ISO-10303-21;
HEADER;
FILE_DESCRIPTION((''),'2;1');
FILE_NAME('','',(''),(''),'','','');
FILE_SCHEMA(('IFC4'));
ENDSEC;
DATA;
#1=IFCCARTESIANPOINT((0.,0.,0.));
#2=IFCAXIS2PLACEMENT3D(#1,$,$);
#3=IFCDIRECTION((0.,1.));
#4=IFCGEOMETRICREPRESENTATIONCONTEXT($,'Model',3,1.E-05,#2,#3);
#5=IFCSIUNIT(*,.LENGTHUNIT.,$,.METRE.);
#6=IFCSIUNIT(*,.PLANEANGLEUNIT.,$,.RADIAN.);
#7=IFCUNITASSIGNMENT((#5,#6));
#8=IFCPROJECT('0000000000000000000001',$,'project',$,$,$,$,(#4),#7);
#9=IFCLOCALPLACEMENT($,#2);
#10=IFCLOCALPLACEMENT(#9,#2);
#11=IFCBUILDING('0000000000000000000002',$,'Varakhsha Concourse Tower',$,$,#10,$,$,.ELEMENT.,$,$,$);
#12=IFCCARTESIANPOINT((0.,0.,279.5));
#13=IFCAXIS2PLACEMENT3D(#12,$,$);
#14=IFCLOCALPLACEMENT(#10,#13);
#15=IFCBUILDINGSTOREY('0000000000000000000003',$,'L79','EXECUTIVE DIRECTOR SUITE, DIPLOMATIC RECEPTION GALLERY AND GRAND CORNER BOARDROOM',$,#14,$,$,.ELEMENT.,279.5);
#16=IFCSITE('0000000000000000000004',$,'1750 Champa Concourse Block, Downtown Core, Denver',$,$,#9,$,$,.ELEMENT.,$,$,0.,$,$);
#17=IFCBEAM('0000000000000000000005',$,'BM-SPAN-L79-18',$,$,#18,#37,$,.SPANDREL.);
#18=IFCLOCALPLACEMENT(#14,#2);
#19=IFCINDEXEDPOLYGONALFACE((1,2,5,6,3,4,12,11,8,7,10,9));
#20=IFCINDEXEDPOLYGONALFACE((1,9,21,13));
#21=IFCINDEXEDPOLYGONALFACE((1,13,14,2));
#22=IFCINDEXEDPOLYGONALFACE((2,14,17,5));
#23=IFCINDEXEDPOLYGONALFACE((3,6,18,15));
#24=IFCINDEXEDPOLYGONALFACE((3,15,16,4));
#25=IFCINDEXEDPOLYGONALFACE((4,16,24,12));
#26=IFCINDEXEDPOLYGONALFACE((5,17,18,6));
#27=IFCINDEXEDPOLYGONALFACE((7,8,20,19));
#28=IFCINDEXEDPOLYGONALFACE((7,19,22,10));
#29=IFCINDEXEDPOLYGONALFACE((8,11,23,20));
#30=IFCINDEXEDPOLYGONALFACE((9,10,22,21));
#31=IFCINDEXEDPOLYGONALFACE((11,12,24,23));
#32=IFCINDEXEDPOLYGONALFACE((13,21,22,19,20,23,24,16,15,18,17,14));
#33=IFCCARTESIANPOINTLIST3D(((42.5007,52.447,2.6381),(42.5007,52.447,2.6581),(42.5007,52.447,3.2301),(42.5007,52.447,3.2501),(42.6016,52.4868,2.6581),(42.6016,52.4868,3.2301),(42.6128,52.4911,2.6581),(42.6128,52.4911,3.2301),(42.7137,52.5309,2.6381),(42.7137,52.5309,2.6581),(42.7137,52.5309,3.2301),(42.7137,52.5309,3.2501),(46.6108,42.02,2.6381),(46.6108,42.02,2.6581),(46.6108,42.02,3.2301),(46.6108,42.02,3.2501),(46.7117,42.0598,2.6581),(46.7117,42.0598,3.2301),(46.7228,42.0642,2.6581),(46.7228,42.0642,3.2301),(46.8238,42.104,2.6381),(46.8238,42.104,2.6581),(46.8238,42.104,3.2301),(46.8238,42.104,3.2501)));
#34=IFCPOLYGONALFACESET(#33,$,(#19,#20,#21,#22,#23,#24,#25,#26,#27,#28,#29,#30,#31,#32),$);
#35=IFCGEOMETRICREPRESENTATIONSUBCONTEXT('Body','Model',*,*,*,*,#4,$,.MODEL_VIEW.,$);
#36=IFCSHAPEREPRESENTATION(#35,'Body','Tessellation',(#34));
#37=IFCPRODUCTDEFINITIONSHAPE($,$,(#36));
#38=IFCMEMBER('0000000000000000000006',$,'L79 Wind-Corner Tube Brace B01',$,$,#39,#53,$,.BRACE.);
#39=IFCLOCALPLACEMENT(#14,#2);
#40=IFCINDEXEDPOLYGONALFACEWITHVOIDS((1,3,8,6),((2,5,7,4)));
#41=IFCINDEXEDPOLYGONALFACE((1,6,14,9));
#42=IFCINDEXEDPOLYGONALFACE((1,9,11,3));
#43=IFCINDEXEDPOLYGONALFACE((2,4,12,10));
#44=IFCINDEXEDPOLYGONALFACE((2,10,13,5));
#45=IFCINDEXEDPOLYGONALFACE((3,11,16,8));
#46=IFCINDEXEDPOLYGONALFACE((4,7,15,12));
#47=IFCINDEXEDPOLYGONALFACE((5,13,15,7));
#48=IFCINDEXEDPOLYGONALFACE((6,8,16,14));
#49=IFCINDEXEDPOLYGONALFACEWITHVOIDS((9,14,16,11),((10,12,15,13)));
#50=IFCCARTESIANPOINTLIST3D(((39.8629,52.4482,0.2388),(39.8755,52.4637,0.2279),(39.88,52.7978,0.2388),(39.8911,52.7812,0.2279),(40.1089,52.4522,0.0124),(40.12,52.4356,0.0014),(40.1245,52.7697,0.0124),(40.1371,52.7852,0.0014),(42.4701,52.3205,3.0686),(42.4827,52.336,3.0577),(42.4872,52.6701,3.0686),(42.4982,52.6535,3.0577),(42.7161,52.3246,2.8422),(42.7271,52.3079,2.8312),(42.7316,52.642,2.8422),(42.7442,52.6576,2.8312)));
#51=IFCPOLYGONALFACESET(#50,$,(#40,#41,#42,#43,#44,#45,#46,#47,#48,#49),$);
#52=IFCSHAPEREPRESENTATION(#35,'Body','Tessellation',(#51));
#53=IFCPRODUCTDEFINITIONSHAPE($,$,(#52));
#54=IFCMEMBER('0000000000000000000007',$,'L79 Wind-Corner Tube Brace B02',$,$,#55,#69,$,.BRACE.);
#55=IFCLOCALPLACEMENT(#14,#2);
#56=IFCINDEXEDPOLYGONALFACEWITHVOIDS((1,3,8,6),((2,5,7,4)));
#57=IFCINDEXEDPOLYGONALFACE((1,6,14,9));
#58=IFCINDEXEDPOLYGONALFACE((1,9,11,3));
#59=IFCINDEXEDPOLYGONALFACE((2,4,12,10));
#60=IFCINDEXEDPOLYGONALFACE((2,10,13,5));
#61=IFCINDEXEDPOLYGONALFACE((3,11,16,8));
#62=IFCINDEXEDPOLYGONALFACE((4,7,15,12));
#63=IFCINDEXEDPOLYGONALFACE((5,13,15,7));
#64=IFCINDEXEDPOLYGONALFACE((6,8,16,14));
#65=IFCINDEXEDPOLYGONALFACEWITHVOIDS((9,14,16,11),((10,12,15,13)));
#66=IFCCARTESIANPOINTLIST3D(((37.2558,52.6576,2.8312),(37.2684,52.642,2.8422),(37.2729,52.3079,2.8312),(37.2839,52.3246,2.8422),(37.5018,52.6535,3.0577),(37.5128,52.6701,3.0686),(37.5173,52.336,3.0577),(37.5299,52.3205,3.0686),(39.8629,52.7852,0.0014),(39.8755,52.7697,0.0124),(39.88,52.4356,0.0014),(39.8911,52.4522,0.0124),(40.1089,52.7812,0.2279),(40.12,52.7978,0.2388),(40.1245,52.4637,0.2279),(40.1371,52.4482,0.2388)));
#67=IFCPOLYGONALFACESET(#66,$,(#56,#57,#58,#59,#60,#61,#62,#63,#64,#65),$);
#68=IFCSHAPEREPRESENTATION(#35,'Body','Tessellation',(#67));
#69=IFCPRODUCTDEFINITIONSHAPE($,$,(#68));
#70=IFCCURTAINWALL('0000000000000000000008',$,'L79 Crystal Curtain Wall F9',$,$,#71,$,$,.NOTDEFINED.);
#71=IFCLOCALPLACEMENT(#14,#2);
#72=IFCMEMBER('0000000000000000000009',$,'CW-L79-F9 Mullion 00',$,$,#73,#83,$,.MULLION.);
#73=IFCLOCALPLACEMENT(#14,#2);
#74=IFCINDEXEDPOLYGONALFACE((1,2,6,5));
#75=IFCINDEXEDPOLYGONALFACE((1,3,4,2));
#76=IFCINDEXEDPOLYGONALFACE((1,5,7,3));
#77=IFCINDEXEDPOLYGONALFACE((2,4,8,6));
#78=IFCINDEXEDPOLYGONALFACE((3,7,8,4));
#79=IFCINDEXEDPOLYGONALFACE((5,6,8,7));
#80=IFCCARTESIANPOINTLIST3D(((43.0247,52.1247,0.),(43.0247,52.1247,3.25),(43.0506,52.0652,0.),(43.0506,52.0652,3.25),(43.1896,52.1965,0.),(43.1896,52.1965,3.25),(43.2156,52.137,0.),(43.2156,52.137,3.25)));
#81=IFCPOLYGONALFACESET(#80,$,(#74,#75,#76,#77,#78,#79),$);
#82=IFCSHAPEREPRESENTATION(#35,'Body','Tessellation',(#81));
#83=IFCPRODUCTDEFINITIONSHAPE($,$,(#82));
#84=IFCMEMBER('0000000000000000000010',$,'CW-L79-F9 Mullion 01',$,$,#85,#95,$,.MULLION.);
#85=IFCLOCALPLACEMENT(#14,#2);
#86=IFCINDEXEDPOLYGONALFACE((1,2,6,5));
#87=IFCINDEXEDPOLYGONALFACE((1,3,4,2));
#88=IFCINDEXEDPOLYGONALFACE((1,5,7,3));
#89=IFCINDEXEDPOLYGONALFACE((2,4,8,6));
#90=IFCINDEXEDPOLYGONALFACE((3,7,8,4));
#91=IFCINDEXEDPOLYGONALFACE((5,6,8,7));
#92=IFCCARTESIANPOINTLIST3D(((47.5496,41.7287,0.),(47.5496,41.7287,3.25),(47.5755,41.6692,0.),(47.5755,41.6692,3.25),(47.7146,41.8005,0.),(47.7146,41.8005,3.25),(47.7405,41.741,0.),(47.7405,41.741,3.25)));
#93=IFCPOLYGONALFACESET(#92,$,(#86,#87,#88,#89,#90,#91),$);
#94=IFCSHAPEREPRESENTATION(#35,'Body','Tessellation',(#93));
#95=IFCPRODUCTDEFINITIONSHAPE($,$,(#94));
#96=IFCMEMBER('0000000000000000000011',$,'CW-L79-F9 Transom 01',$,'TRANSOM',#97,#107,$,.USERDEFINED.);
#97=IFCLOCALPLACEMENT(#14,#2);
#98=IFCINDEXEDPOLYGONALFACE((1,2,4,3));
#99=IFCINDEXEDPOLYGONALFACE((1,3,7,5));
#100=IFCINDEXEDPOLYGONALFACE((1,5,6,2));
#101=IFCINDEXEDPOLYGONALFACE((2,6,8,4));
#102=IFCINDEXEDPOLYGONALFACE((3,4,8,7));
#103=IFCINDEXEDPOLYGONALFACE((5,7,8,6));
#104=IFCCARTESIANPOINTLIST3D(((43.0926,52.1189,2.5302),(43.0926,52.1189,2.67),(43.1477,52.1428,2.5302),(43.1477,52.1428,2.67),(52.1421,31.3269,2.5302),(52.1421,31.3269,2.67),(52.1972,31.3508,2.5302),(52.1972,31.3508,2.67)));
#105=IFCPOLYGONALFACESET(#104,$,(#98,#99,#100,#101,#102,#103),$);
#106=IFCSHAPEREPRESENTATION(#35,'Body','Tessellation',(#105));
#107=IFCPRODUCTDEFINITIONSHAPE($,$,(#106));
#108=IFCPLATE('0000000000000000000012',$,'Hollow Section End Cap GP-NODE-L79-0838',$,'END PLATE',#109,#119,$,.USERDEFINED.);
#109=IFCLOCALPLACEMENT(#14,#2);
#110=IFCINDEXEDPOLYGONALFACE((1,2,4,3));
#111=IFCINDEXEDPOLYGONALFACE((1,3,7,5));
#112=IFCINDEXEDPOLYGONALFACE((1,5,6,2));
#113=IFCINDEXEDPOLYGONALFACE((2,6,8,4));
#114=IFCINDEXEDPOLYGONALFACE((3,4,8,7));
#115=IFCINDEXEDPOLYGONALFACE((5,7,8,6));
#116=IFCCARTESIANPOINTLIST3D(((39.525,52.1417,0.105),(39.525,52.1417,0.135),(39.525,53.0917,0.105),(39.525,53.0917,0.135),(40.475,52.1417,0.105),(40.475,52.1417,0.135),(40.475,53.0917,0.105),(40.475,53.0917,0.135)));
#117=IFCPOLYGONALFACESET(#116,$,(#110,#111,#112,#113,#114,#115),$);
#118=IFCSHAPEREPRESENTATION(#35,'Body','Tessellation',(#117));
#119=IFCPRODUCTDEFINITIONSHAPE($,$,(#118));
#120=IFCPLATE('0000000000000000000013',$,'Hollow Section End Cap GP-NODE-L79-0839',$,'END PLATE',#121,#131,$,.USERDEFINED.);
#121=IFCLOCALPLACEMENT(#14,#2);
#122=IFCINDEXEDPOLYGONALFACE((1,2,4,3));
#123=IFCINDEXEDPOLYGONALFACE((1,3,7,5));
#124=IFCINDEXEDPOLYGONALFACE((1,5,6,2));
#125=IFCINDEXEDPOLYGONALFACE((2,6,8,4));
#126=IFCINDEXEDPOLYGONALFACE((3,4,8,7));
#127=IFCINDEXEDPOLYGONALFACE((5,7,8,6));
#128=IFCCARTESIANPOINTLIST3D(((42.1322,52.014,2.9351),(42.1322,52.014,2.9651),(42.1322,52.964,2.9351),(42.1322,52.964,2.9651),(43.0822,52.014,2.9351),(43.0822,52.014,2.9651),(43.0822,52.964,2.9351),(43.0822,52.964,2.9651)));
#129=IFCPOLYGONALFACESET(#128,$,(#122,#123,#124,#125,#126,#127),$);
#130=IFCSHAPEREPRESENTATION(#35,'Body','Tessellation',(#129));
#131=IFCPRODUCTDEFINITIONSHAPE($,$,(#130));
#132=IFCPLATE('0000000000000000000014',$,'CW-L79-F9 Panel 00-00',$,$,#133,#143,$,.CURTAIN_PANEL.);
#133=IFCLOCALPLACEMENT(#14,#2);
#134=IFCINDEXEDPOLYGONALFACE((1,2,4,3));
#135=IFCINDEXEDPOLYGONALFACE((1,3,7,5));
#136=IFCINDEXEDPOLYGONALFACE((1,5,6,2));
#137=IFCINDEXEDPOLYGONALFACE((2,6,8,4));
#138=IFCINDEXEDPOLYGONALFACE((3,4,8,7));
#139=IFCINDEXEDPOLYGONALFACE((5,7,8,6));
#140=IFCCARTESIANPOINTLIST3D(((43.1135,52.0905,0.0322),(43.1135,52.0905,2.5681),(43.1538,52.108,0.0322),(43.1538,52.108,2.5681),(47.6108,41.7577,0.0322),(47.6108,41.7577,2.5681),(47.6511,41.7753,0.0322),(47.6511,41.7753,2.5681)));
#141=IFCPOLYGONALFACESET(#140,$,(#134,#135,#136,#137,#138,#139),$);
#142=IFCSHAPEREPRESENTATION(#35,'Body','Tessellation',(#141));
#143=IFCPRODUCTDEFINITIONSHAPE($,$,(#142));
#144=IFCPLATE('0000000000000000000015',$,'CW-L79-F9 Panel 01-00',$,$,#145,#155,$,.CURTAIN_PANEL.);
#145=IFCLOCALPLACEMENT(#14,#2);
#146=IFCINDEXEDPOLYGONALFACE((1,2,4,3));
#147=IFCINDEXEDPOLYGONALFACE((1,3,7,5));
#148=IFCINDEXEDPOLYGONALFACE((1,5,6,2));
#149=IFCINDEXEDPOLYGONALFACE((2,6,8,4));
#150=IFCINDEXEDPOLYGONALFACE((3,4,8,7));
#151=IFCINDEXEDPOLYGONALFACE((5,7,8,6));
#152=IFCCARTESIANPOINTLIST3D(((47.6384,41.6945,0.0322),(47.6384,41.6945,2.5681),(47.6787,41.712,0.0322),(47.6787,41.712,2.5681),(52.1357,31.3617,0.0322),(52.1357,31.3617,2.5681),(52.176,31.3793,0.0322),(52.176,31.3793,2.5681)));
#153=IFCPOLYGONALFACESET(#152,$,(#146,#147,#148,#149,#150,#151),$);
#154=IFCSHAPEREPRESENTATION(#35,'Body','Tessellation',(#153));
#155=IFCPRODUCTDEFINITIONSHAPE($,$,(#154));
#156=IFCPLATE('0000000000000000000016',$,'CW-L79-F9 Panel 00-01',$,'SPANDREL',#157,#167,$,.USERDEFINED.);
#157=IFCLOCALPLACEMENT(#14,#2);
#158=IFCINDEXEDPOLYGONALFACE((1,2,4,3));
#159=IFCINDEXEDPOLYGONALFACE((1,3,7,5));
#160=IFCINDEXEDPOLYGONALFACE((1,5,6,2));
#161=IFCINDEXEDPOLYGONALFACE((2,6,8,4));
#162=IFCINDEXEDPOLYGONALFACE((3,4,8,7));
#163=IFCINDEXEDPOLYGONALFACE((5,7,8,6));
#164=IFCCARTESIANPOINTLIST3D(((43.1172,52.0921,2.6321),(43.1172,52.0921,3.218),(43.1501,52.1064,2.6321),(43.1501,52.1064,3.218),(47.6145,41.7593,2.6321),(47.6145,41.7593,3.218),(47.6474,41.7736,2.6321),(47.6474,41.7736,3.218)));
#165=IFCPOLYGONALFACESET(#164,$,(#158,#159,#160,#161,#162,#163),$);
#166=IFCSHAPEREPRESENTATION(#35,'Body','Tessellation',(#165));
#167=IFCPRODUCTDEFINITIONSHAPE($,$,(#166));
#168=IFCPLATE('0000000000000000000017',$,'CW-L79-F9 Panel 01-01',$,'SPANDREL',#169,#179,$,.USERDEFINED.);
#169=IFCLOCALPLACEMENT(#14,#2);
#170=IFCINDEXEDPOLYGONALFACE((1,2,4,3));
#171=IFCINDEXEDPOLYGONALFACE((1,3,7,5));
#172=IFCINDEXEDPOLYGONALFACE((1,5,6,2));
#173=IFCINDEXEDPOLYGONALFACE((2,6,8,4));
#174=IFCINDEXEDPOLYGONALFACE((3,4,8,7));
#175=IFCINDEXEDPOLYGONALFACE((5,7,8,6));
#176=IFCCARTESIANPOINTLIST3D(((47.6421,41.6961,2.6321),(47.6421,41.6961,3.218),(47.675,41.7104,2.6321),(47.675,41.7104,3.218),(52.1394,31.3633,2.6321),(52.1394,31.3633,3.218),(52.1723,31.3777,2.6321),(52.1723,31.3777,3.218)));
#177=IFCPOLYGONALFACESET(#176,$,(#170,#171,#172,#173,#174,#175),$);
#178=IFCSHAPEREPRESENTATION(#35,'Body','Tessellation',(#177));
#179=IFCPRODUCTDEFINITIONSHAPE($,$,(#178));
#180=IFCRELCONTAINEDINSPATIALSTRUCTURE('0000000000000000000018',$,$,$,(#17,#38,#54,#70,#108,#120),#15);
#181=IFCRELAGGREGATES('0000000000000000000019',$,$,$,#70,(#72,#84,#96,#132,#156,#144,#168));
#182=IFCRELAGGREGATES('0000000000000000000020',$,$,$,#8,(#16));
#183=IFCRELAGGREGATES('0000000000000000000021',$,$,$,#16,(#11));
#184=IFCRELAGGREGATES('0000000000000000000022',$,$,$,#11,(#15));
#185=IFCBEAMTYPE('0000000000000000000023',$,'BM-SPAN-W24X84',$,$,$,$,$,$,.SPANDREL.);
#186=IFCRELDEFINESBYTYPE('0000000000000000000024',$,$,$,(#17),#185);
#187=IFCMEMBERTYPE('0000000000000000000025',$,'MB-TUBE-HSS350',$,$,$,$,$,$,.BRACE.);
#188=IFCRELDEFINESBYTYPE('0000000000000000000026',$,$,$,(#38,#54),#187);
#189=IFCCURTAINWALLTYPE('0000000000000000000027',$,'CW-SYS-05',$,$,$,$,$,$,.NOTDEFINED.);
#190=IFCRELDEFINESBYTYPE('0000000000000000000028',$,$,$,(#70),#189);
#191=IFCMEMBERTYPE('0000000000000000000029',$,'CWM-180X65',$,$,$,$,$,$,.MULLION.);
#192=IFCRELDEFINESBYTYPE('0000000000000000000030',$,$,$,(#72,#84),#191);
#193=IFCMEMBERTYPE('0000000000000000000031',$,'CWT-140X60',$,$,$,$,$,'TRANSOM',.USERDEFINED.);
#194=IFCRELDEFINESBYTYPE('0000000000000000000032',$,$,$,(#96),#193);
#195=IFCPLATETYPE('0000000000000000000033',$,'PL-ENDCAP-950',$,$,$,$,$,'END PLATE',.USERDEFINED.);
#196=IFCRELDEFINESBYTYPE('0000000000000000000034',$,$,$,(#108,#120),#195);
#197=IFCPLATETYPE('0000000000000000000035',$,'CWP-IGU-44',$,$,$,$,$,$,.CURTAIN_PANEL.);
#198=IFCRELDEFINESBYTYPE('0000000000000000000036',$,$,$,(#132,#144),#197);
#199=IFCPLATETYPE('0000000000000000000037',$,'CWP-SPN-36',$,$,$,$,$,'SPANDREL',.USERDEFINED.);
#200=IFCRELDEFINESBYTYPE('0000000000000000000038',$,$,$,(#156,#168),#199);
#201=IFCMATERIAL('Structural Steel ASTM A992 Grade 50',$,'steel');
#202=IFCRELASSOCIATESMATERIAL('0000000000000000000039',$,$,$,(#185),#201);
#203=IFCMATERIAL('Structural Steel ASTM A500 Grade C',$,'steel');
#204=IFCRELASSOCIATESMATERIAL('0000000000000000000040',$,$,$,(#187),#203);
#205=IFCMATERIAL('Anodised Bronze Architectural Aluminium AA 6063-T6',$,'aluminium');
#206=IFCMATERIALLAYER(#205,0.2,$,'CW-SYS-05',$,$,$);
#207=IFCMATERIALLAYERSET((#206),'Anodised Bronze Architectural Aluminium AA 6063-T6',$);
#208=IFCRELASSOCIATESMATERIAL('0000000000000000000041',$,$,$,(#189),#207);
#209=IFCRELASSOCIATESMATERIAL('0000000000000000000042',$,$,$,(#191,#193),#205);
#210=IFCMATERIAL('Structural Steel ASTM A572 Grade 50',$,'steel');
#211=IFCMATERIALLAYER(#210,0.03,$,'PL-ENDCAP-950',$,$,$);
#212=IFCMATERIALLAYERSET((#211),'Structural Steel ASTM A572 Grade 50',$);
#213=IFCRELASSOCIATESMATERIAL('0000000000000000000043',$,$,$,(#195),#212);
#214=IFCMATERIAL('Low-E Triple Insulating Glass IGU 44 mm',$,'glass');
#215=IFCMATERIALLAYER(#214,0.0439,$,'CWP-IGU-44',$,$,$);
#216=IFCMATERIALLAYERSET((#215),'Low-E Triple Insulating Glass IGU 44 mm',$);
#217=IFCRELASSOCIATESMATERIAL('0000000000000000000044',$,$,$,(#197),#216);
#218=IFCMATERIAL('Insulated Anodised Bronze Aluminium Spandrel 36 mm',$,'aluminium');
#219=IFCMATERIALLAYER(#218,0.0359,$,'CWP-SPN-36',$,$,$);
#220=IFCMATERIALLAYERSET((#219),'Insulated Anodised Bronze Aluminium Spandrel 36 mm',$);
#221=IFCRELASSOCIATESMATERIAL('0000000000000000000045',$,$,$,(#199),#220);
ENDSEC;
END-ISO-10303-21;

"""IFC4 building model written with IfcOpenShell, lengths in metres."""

from ifc_helpers import new_model, si_unit, direction, frame, origin, origin_2d, place, context, subcontext, project, spatial, rectangle, hollow_rectangle, i_section, extrude, source, transform, mapped, material, layer, layer_set, material_profile, profile_set, type_object, type_shapes, element, aggregate, save


model = new_model("IFC4")

# Units and contexts
model_context = context("Model", 3, precision=1e-05, world=origin(), true_north=direction((0.0, 1.0)))
body_context = subcontext(model_context, "Body", "Model", "MODEL_VIEW")
ifc_project = project(units=[si_unit("LENGTHUNIT", "METRE"), si_unit("PLANEANGLEUNIT", "RADIAN")], contexts=[model_context])

# Site, building, storey
site_placement = place(None, origin())
site = spatial("IfcSite", under=ifc_project, at=site_placement, Name="1750 Champa Concourse Block, Downtown Core, Denver", CompositionType="ELEMENT", RefElevation=0.0)
building_placement = place(site_placement, origin())
building = spatial("IfcBuilding", under=site, at=building_placement, Name="Varakhsha Concourse Tower", CompositionType="ELEMENT")
storey_placement = place(building_placement, frame((0.0, 0.0, 279.5)))
storey = spatial("IfcBuildingStorey", under=building, at=storey_placement, Name="L79", Description="EXECUTIVE DIRECTOR SUITE, DIPLOMATIC RECEPTION GALLERY AND GRAND CORNER BOARDROOM", CompositionType="ELEMENT", Elevation=279.5)

# Shared definitions
ifc_material_1 = material(Name="Structural Steel ASTM A992 Grade 50", Category="steel")
ifc_material_2 = material(Name="Structural Steel ASTM A572 Grade 50", Category="steel")

# Beam
ifc_material_profile_1 = material_profile(ifc_material_1, i_section(OverallWidth=0.229, OverallDepth=0.6121, WebThickness=0.012, FlangeThickness=0.02, at=origin_2d()), Name="W24X84")
ifc_profile_set_1 = profile_set([ifc_material_profile_1], Name="Structural Steel ASTM A992 Grade 50")
beam_type_1 = type_object("IfcBeamType", Name="BM-SPAN-W24X84", PredefinedType="SPANDREL", material=ifc_profile_set_1)
beam_1_placement = place(storey_placement, frame((46.7173, 42.062, 2.9441), z_axis=(-0.366718, 0.930332, 0.0), x_axis=(-0.930332, -0.366718, 0.0)))
element("IfcBeam", 1, at=beam_1_placement, inside=storey, type_object=beam_type_1, Name="BM-SPAN-L79-18", PredefinedType="SPANDREL", context=body_context, shape_type="SweptSolid", body=[
    extrude(i_section(OverallWidth=0.229, OverallDepth=0.6121, WebThickness=0.012, FlangeThickness=0.02, at=origin_2d()), origin(), (0.0, 0.0, 1.0), 11.2078),
])

# Members
ifc_material_3 = material(Name="Structural Steel ASTM A500 Grade C", Category="steel")
ifc_material_profile_2 = material_profile(ifc_material_3, hollow_rectangle(XDim=0.3501, YDim=0.3501, WallThickness=0.0161, at=origin_2d()), Name="HSS 350x350x16")
ifc_profile_set_2 = profile_set([ifc_material_profile_2], Name="Structural Steel ASTM A500 Grade C")
member_type_1 = type_object("IfcMemberType", Name="MB-TUBE-HSS350", PredefinedType="BRACE", material=ifc_profile_set_2)
shared_shape_1 = source(origin(), body_context, "Body", "SweptSolid", [
    extrude(hollow_rectangle(XDim=0.3501, YDim=0.3501, WallThickness=0.0161, at=origin_2d()), origin(), (0.0, 0.0, 1.0), 3.8499),
])
type_shapes(member_type_1, [shared_shape_1])
for number, where, z_axis, x_axis, name in (
    (2, (40.0, 52.6167, 0.1201), (0.677209, -0.033166, 0.735043), (0.048916, 0.998803, 0.0), "L79 Wind-Corner Tube Brace B01"),
    (3, (40.0, 52.6167, 0.1201), (-0.677209, -0.033166, 0.735043), (0.048916, -0.998803, 0.0), "L79 Wind-Corner Tube Brace B02"),
):
    element("IfcMember", number, at=place(storey_placement, frame(where, z_axis=z_axis, x_axis=x_axis)), inside=storey, type_object=member_type_1, Name=name, PredefinedType="BRACE", context=body_context, shape_type="MappedRepresentation", body=[
        mapped(shared_shape_1, transform((0.0, 0.0, 0.0), scale=1.0)),
    ])

# Curtain wall, members
ifc_material_4 = material(Name="Anodised Bronze Architectural Aluminium AA 6063-T6", Category="aluminium")
ifc_layer_1 = layer(ifc_material_4, 0.2, Name="CW-SYS-05")
ifc_layer_set_1 = layer_set([ifc_layer_1], Name="Anodised Bronze Architectural Aluminium AA 6063-T6")
curtain_wall_type = type_object("IfcCurtainWallType", Name="CW-SYS-05", PredefinedType="NOTDEFINED", material=ifc_layer_set_1)
curtain_wall_placement = place(storey_placement, origin())
curtain_wall = element("IfcCurtainWall", 4, at=curtain_wall_placement, inside=storey, type_object=curtain_wall_type, Name="L79 Crystal Curtain Wall F9", PredefinedType="NOTDEFINED")
ifc_material_profile_3 = material_profile(ifc_material_4, rectangle(XDim=0.0649, YDim=0.1799, at=origin_2d()), Name="CWM-180X65")
ifc_profile_set_3 = profile_set([ifc_material_profile_3], Name="Anodised Bronze Architectural Aluminium AA 6063-T6")
member_type_2 = type_object("IfcMemberType", Name="CWM-180X65", PredefinedType="MULLION", material=ifc_profile_set_3)
shared_shape_2 = source(origin(), body_context, "Body", "SweptSolid", [
    extrude(rectangle(XDim=0.0649, YDim=0.1799, at=origin_2d()), origin(), (0.0, 0.0, 1.0), 3.25),
])
type_shapes(member_type_2, [shared_shape_2])
member_1_placement = place(storey_placement, frame((43.1201, 52.1309, 0.0), z_axis=(0.0, 0.0, 1.0), x_axis=(0.399084, -0.916915, 0.0)))
member_1 = element("IfcMember", 5, at=member_1_placement, type_object=member_type_2, Name="CW-L79-F9 Mullion 00", PredefinedType="MULLION", context=body_context, shape_type="MappedRepresentation", body=[
    mapped(shared_shape_2, transform((0.0, 0.0, 0.0), scale=1.0)),
])
member_2_placement = place(storey_placement, frame((47.645, 41.7349, 0.0), z_axis=(0.0, 0.0, 1.0), x_axis=(0.399084, -0.916915, 0.0)))
member_2 = element("IfcMember", 6, at=member_2_placement, type_object=member_type_2, Name="CW-L79-F9 Mullion 01", PredefinedType="MULLION", context=body_context, shape_type="MappedRepresentation", body=[
    mapped(shared_shape_2, transform((0.0, 0.0, 0.0), scale=1.0)),
])
ifc_material_profile_4 = material_profile(ifc_material_4, rectangle(XDim=0.0601, YDim=0.1399, at=origin_2d()), Name="CWT-140X60")
ifc_profile_set_4 = profile_set([ifc_material_profile_4], Name="Anodised Bronze Architectural Aluminium AA 6063-T6")
member_type_3 = type_object("IfcMemberType", Name="CWT-140X60", ElementType="TRANSOM", PredefinedType="USERDEFINED", material=ifc_profile_set_4)
shared_shape_3 = source(origin(), body_context, "Body", "SweptSolid", [
    extrude(rectangle(XDim=0.0601, YDim=0.1399, at=origin_2d()), origin(), (0.0, 0.0, 1.0), 22.676),
])
type_shapes(member_type_3, [shared_shape_3])
member_3_placement = place(storey_placement, frame((43.1201, 52.1309, 2.6001), z_axis=(0.399081, -0.916916, 0.0), x_axis=(0.916916, 0.399081, 0.0)))
member_3 = element("IfcMember", 7, at=member_3_placement, type_object=member_type_3, Name="CW-L79-F9 Transom 01", ObjectType="TRANSOM", PredefinedType="USERDEFINED", context=body_context, shape_type="MappedRepresentation", body=[
    mapped(shared_shape_3, transform((0.0, 0.0, 0.0), scale=1.0)),
])

# Plates
ifc_layer_2 = layer(ifc_material_2, 0.03, Name="PL-ENDCAP-950")
ifc_layer_set_2 = layer_set([ifc_layer_2], Name="Structural Steel ASTM A572 Grade 50")
plate_type_1 = type_object("IfcPlateType", Name="PL-ENDCAP-950", ElementType="END PLATE", PredefinedType="USERDEFINED", material=ifc_layer_set_2)
shared_shape_4 = source(origin(), body_context, "Body", "SweptSolid", [
    extrude(rectangle(XDim=0.95, YDim=0.95, at=origin_2d()), origin(), (0.0, 0.0, 1.0), 0.03),
])
type_shapes(plate_type_1, [shared_shape_4])
for number, where, z_axis, x_axis, name in (
    (8, (40.0, 52.6167, 0.105), (0.0, 0.0, 1.0), (1.0, 0.0, 0.0), "Hollow Section End Cap GP-NODE-L79-0838"),
    (9, (42.6072, 52.489, 2.9351), (0.0, 0.0, 1.0), (1.0, 0.0, 0.0), "Hollow Section End Cap GP-NODE-L79-0839"),
):
    element("IfcPlate", number, at=place(storey_placement, frame(where, z_axis=z_axis, x_axis=x_axis)), inside=storey, type_object=plate_type_1, Name=name, ObjectType="END PLATE", PredefinedType="USERDEFINED", context=body_context, shape_type="MappedRepresentation", body=[
        mapped(shared_shape_4, transform((0.0, 0.0, 0.0), scale=1.0)),
    ])

# Plates
ifc_material_5 = material(Name="Low-E Triple Insulating Glass IGU 44 mm", Category="glass")
ifc_layer_3 = layer(ifc_material_5, 0.0439, Name="CWP-IGU-44")
ifc_layer_set_3 = layer_set([ifc_layer_3], Name="Low-E Triple Insulating Glass IGU 44 mm")
plate_type_2 = type_object("IfcPlateType", Name="CWP-IGU-44", PredefinedType="CURTAIN_PANEL", material=ifc_layer_set_3)
shared_shape_5 = source(origin(), body_context, "Body", "SweptSolid", [
    extrude(rectangle(XDim=11.269, YDim=0.0439, at=origin_2d()), origin(), (0.0, 0.0, 1.0), 2.5359),
])
type_shapes(plate_type_2, [shared_shape_5])
plate_1_placement = place(storey_placement, frame((45.3823, 46.9329, 0.0322), z_axis=(0.0, 0.0, 1.0), x_axis=(0.399084, -0.916915, 0.0)))
plate_1 = element("IfcPlate", 10, at=plate_1_placement, type_object=plate_type_2, Name="CW-L79-F9 Panel 00-00", PredefinedType="CURTAIN_PANEL", context=body_context, shape_type="MappedRepresentation", body=[
    mapped(shared_shape_5, transform((0.0, 0.0, 0.0), scale=1.0)),
])
plate_2_placement = place(storey_placement, frame((49.9072, 36.5369, 0.0322), z_axis=(0.0, 0.0, 1.0), x_axis=(0.399084, -0.916915, 0.0)))
plate_2 = element("IfcPlate", 11, at=plate_2_placement, type_object=plate_type_2, Name="CW-L79-F9 Panel 01-00", PredefinedType="CURTAIN_PANEL", context=body_context, shape_type="MappedRepresentation", body=[
    mapped(shared_shape_5, transform((0.0, 0.0, 0.0), scale=1.0)),
])
ifc_material_6 = material(Name="Insulated Anodised Bronze Aluminium Spandrel 36 mm", Category="aluminium")
ifc_layer_4 = layer(ifc_material_6, 0.0359, Name="CWP-SPN-36")
ifc_layer_set_4 = layer_set([ifc_layer_4], Name="Insulated Anodised Bronze Aluminium Spandrel 36 mm")
plate_type_3 = type_object("IfcPlateType", Name="CWP-SPN-36", ElementType="SPANDREL", PredefinedType="USERDEFINED", material=ifc_layer_set_4)
shared_shape_6 = source(origin(), body_context, "Body", "SweptSolid", [
    extrude(rectangle(XDim=11.269, YDim=0.0359, at=origin_2d()), origin(), (0.0, 0.0, 1.0), 0.5859),
])
type_shapes(plate_type_3, [shared_shape_6])
plate_3_placement = place(storey_placement, frame((45.3823, 46.9329, 2.6321), z_axis=(0.0, 0.0, 1.0), x_axis=(0.399084, -0.916915, 0.0)))
plate_3 = element("IfcPlate", 12, at=plate_3_placement, type_object=plate_type_3, Name="CW-L79-F9 Panel 00-01", ObjectType="SPANDREL", PredefinedType="USERDEFINED", context=body_context, shape_type="MappedRepresentation", body=[
    mapped(shared_shape_6, transform((0.0, 0.0, 0.0), scale=1.0)),
])
plate_4_placement = place(storey_placement, frame((49.9072, 36.5369, 2.6321), z_axis=(0.0, 0.0, 1.0), x_axis=(0.399084, -0.916915, 0.0)))
plate_4 = element("IfcPlate", 13, at=plate_4_placement, type_object=plate_type_3, Name="CW-L79-F9 Panel 01-01", ObjectType="SPANDREL", PredefinedType="USERDEFINED", context=body_context, shape_type="MappedRepresentation", body=[
    mapped(shared_shape_6, transform((0.0, 0.0, 0.0), scale=1.0)),
])
aggregate(curtain_wall, [member_1, member_2, member_3, plate_1, plate_3, plate_2, plate_4])

save(model, "model.ifc")
